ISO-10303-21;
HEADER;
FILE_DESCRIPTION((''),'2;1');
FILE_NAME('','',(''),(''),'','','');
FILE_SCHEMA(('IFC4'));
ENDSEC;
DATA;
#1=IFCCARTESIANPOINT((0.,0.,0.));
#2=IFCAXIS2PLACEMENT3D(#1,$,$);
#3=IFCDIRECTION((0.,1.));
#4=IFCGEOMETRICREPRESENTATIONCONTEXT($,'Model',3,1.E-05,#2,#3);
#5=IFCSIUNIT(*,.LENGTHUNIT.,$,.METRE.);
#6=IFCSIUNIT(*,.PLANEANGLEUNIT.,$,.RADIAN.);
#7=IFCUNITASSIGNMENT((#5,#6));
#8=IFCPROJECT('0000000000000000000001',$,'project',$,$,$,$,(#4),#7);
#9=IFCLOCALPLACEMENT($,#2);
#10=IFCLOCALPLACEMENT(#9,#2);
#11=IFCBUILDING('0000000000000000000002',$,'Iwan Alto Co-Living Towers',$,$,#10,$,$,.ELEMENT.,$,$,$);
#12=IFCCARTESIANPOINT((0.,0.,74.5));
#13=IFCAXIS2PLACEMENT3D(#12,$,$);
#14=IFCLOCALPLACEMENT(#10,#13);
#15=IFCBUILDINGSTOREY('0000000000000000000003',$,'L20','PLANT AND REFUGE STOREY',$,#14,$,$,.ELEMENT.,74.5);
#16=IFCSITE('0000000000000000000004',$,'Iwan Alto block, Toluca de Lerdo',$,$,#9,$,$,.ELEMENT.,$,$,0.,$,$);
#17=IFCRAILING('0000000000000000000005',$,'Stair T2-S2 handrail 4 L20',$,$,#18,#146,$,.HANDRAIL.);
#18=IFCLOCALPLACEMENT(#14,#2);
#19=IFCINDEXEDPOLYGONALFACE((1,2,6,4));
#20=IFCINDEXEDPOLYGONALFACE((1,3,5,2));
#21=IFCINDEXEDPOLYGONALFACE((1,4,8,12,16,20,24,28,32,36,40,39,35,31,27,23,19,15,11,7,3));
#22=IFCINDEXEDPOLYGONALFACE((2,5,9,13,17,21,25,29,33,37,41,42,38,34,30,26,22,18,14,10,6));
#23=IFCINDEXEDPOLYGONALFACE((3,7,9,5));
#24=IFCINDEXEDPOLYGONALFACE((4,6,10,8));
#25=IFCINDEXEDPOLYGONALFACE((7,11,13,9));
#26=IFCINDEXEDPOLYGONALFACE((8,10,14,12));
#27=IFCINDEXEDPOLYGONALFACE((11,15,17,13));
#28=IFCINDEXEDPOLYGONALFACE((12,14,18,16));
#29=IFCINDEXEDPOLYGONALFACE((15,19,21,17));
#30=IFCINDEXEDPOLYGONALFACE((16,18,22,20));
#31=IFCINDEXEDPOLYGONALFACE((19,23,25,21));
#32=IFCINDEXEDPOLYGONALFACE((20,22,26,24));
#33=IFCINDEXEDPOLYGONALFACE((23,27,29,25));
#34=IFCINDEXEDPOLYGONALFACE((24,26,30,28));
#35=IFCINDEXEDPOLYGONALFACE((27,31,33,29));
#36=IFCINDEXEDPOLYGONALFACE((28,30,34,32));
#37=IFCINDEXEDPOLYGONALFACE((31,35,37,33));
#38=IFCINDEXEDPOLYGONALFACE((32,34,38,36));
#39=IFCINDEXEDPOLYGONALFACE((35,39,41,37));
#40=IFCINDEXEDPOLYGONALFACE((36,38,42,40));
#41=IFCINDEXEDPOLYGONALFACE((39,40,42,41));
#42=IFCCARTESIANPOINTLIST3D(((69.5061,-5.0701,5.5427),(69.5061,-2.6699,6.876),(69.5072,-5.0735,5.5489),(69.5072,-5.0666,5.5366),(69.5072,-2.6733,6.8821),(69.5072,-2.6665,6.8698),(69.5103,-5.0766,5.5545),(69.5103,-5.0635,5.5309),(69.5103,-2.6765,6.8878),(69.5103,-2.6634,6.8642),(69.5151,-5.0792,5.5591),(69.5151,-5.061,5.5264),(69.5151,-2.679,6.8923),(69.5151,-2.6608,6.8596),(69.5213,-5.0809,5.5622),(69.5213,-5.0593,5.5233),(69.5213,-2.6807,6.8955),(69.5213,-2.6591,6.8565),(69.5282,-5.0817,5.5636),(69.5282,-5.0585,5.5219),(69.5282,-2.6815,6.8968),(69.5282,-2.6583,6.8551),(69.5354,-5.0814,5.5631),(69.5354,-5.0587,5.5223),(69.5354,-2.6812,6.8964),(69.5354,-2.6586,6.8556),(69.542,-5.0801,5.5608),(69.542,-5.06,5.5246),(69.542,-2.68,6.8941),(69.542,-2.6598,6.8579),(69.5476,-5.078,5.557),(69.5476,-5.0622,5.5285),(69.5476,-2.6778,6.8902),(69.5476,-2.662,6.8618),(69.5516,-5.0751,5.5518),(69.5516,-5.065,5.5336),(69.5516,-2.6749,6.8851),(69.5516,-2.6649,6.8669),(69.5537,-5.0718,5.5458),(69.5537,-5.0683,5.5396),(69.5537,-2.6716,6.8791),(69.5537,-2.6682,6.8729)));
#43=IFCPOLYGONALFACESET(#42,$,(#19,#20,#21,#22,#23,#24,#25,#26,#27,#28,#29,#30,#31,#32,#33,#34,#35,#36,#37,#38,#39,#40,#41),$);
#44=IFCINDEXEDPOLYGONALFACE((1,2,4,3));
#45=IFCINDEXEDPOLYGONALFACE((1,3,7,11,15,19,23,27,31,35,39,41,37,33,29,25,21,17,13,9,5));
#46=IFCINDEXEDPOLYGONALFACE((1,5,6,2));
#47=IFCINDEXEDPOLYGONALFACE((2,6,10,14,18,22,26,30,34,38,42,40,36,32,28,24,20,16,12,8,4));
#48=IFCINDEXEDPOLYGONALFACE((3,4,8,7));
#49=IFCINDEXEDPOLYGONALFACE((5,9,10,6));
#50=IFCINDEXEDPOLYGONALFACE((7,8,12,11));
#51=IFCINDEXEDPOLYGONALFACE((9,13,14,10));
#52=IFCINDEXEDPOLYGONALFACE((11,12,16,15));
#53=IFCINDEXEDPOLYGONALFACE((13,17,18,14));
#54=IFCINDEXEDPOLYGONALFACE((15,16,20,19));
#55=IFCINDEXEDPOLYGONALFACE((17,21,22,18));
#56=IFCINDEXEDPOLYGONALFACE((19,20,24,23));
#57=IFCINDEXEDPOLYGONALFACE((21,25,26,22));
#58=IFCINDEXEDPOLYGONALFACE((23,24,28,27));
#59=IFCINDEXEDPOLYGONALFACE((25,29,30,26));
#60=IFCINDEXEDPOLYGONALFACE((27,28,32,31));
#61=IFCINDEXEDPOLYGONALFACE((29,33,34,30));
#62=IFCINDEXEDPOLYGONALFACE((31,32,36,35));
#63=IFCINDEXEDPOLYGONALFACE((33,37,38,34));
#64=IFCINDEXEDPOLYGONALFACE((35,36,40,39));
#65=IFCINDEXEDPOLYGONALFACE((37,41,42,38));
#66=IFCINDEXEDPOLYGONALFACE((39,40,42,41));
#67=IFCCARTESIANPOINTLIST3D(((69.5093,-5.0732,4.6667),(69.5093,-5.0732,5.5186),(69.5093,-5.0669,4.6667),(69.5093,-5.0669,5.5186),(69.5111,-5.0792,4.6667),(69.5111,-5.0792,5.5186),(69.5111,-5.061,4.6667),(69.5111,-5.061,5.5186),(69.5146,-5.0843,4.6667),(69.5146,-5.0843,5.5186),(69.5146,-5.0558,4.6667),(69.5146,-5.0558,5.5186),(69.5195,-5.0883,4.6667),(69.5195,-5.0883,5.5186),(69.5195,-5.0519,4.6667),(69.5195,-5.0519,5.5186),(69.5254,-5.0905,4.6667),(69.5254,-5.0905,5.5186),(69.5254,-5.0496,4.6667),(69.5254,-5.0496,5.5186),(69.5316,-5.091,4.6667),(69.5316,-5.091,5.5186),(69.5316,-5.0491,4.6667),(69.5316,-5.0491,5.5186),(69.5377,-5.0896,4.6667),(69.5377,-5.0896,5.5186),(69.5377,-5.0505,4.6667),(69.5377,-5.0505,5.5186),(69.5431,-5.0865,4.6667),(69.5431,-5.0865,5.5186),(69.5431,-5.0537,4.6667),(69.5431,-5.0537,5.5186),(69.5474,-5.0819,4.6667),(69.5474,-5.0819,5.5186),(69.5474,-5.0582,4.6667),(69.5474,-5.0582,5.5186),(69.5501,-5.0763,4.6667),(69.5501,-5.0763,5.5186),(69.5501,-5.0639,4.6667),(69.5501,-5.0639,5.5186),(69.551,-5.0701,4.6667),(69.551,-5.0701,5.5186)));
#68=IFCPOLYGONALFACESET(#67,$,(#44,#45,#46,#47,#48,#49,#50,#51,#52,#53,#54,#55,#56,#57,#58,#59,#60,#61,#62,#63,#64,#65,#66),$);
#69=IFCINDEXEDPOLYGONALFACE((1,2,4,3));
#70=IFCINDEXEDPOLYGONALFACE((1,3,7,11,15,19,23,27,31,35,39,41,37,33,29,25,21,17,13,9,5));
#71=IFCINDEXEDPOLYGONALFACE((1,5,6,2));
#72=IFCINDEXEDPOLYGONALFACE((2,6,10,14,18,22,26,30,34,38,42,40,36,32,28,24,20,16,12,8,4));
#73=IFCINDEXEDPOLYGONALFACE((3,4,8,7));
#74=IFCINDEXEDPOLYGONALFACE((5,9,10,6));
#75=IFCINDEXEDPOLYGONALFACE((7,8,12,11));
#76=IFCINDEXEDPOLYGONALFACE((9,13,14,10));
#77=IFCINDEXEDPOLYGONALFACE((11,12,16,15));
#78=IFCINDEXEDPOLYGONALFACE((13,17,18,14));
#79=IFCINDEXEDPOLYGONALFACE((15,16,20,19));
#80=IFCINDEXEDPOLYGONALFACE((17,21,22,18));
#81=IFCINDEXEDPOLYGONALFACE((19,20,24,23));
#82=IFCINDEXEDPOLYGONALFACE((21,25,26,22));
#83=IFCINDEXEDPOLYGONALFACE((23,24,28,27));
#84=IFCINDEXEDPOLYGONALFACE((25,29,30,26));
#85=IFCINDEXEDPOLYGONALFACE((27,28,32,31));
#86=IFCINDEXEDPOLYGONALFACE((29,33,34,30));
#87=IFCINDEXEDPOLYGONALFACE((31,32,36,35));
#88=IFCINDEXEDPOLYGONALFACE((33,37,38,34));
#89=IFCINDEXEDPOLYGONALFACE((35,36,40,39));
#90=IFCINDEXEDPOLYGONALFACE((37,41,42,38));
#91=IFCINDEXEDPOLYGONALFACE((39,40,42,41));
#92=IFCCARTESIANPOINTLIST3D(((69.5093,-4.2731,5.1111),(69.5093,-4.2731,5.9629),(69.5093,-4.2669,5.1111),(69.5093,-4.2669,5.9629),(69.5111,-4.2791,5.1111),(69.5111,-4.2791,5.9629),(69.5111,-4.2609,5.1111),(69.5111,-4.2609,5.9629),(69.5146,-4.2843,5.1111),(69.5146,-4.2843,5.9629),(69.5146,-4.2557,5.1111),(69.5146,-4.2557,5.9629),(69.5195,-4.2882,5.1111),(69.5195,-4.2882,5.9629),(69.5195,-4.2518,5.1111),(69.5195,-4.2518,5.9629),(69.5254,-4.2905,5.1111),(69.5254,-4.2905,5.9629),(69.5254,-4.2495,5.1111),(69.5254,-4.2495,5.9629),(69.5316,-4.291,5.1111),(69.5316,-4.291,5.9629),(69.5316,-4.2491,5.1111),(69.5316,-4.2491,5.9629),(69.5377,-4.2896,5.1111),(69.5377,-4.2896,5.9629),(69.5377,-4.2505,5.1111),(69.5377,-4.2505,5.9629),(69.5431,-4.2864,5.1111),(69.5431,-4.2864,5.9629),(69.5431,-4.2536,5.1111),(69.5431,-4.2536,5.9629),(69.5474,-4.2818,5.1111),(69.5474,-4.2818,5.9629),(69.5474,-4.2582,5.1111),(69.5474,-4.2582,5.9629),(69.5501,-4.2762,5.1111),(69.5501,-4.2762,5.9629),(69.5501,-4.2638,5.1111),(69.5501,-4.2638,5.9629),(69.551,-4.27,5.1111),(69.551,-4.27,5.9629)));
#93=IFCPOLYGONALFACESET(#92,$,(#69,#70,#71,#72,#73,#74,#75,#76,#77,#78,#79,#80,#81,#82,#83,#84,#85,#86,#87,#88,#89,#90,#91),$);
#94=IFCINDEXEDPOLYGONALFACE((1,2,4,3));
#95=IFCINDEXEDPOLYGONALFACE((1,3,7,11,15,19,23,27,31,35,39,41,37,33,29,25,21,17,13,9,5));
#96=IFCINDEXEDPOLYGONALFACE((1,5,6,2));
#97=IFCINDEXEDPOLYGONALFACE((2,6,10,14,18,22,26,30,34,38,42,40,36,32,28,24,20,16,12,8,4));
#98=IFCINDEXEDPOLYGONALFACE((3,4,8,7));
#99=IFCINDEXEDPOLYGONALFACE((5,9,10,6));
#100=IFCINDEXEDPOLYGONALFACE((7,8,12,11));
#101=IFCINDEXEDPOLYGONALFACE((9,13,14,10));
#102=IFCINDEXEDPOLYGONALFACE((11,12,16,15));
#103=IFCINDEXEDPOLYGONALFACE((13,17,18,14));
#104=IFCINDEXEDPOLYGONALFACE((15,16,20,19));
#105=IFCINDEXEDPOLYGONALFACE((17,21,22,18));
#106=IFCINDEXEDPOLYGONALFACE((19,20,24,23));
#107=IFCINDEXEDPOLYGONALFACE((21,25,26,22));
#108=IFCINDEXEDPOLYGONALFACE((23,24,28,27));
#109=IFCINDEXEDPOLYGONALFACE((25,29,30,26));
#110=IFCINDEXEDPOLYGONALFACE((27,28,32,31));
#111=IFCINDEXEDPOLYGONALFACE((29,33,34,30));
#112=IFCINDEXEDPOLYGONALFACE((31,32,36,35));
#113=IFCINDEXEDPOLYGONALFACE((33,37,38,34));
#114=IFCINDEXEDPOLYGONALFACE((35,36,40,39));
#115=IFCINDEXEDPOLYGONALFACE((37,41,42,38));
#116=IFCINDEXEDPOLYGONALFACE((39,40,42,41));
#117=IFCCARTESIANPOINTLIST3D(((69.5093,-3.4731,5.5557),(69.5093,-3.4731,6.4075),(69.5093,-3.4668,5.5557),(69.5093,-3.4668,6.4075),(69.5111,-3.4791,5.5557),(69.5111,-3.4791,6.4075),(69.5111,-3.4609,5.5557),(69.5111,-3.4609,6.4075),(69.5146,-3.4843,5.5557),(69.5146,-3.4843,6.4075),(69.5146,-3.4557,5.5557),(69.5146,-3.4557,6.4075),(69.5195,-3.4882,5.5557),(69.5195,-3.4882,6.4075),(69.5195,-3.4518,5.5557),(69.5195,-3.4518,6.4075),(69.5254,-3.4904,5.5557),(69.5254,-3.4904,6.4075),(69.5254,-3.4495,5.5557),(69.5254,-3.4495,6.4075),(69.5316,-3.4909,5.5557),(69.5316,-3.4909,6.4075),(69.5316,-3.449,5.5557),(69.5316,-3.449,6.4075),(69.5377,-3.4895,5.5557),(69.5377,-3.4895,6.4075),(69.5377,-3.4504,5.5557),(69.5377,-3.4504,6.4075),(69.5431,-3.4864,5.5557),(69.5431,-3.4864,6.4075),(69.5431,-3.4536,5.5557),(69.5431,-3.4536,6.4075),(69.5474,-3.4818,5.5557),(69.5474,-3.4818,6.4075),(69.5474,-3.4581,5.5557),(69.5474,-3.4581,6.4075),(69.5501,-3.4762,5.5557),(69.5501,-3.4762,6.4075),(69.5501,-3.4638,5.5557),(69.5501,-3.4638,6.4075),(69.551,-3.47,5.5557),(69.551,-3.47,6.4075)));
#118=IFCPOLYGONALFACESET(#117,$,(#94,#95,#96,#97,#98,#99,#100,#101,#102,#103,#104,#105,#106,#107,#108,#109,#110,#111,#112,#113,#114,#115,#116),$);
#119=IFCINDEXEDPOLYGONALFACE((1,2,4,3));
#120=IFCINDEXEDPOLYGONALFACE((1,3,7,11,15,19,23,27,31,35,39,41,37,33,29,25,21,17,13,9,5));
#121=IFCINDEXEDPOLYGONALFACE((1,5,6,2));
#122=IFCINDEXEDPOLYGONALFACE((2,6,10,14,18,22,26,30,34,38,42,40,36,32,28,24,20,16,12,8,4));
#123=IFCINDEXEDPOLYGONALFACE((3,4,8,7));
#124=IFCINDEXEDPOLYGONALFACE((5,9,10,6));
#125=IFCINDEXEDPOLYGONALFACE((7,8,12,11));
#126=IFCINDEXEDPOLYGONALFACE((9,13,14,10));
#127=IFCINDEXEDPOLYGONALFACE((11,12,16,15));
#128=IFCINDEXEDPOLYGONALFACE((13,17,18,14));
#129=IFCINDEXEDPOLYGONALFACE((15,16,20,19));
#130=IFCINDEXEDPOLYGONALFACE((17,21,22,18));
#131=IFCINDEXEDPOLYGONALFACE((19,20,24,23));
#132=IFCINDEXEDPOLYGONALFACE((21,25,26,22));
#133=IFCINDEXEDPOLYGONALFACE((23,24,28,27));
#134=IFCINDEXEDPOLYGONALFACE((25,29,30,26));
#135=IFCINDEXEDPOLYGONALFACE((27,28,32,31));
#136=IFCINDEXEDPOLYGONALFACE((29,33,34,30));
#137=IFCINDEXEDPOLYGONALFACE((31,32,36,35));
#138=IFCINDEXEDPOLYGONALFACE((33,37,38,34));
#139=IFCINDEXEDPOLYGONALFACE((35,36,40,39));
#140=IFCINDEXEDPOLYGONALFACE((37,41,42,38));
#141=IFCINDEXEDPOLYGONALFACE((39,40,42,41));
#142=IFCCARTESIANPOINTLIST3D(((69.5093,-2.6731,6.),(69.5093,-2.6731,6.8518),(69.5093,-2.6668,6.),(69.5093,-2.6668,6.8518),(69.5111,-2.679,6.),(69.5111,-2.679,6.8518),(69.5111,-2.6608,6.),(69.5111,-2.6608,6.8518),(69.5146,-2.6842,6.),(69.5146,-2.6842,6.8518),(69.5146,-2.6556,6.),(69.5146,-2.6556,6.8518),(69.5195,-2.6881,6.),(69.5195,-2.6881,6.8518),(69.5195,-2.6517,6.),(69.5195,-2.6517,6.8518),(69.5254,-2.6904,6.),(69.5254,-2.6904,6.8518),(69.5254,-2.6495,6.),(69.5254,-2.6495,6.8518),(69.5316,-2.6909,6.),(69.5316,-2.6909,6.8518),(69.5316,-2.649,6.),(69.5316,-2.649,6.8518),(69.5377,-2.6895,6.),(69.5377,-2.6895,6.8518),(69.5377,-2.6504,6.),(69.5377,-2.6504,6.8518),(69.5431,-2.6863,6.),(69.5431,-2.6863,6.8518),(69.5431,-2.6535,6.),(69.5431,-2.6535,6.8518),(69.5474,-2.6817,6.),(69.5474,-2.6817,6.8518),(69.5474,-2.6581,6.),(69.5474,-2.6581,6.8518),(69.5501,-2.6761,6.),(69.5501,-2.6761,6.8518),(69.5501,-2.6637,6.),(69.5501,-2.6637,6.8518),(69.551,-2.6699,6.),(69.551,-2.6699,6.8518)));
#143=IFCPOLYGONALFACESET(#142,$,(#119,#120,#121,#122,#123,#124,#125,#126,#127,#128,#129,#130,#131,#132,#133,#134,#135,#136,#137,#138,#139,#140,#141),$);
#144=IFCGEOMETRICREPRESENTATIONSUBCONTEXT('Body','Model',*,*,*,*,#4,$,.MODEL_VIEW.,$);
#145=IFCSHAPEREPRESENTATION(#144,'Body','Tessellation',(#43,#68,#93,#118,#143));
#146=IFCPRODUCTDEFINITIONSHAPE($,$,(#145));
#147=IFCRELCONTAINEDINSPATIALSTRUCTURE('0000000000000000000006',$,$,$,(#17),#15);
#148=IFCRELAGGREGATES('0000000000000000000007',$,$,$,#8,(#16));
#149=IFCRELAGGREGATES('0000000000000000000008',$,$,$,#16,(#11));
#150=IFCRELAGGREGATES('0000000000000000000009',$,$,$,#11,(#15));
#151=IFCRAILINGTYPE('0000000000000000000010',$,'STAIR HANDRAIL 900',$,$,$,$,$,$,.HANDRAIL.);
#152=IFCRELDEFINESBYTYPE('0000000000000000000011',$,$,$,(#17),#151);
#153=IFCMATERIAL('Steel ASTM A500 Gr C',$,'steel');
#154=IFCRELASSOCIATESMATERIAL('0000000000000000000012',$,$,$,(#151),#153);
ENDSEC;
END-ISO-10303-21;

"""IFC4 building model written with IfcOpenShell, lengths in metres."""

from ifc_helpers import new_model, si_unit, direction, frame, origin, origin_2d, place, context, subcontext, project, spatial, circle, extrude, material, type_object, element, save


model = new_model("IFC4")

# Units and contexts
model_context = context("Model", 3, precision=1e-05, world=origin(), true_north=direction((0.0, 1.0)))
body_context = subcontext(model_context, "Body", "Model", "MODEL_VIEW")
ifc_project = project(units=[si_unit("LENGTHUNIT", "METRE"), si_unit("PLANEANGLEUNIT", "RADIAN")], contexts=[model_context])

# Site, building, storey
site_placement = place(None, origin())
site = spatial("IfcSite", under=ifc_project, at=site_placement, Name="Iwan Alto block, Toluca de Lerdo", CompositionType="ELEMENT", RefElevation=0.0)
building_placement = place(site_placement, origin())
building = spatial("IfcBuilding", under=site, at=building_placement, Name="Iwan Alto Co-Living Towers", CompositionType="ELEMENT")
storey_placement = place(building_placement, frame((0.0, 0.0, 74.5)))
storey = spatial("IfcBuildingStorey", under=building, at=storey_placement, Name="L20", Description="PLANT AND REFUGE STOREY", CompositionType="ELEMENT", Elevation=74.5)

# Railing
ifc_material_1 = material(Name="Steel ASTM A500 Gr C", Category="steel")
railing_type_1 = type_object("IfcRailingType", Name="STAIR HANDRAIL 900", PredefinedType="HANDRAIL", material=ifc_material_1)
railing_1_placement = place(storey_placement, frame((69.53, -5.0701, 4.6667)))
element("IfcRailing", 1, at=railing_1_placement, inside=storey, type_object=railing_type_1, Name="Stair T2-S2 handrail 4 L20", PredefinedType="HANDRAIL", context=body_context, shape_type="SweptSolid", body=[
    extrude(circle(Radius=0.0239, at=origin_2d()), frame((0.0, 0.0, 0.876), z_axis=(0.0, 0.874182, 0.485598), x_axis=(-1.0, 0.0, 0.0)), (0.0, 0.0, 1.0), 2.7456),
    extrude(circle(Radius=0.021, at=origin_2d()), origin(), (0.0, 0.0, 1.0), 0.8518),
    extrude(circle(Radius=0.021, at=origin_2d()), frame((0.0, 0.8, 0.4443)), (0.0, 0.0, 1.0), 0.8518),
    extrude(circle(Radius=0.021, at=origin_2d()), frame((0.0, 1.6001, 0.8889)), (0.0, 0.0, 1.0), 0.8518),
    extrude(circle(Radius=0.021, at=origin_2d()), frame((0.0, 2.4001, 1.3333)), (0.0, 0.0, 1.0), 0.8518),
])

save(model, "model.ifc")
